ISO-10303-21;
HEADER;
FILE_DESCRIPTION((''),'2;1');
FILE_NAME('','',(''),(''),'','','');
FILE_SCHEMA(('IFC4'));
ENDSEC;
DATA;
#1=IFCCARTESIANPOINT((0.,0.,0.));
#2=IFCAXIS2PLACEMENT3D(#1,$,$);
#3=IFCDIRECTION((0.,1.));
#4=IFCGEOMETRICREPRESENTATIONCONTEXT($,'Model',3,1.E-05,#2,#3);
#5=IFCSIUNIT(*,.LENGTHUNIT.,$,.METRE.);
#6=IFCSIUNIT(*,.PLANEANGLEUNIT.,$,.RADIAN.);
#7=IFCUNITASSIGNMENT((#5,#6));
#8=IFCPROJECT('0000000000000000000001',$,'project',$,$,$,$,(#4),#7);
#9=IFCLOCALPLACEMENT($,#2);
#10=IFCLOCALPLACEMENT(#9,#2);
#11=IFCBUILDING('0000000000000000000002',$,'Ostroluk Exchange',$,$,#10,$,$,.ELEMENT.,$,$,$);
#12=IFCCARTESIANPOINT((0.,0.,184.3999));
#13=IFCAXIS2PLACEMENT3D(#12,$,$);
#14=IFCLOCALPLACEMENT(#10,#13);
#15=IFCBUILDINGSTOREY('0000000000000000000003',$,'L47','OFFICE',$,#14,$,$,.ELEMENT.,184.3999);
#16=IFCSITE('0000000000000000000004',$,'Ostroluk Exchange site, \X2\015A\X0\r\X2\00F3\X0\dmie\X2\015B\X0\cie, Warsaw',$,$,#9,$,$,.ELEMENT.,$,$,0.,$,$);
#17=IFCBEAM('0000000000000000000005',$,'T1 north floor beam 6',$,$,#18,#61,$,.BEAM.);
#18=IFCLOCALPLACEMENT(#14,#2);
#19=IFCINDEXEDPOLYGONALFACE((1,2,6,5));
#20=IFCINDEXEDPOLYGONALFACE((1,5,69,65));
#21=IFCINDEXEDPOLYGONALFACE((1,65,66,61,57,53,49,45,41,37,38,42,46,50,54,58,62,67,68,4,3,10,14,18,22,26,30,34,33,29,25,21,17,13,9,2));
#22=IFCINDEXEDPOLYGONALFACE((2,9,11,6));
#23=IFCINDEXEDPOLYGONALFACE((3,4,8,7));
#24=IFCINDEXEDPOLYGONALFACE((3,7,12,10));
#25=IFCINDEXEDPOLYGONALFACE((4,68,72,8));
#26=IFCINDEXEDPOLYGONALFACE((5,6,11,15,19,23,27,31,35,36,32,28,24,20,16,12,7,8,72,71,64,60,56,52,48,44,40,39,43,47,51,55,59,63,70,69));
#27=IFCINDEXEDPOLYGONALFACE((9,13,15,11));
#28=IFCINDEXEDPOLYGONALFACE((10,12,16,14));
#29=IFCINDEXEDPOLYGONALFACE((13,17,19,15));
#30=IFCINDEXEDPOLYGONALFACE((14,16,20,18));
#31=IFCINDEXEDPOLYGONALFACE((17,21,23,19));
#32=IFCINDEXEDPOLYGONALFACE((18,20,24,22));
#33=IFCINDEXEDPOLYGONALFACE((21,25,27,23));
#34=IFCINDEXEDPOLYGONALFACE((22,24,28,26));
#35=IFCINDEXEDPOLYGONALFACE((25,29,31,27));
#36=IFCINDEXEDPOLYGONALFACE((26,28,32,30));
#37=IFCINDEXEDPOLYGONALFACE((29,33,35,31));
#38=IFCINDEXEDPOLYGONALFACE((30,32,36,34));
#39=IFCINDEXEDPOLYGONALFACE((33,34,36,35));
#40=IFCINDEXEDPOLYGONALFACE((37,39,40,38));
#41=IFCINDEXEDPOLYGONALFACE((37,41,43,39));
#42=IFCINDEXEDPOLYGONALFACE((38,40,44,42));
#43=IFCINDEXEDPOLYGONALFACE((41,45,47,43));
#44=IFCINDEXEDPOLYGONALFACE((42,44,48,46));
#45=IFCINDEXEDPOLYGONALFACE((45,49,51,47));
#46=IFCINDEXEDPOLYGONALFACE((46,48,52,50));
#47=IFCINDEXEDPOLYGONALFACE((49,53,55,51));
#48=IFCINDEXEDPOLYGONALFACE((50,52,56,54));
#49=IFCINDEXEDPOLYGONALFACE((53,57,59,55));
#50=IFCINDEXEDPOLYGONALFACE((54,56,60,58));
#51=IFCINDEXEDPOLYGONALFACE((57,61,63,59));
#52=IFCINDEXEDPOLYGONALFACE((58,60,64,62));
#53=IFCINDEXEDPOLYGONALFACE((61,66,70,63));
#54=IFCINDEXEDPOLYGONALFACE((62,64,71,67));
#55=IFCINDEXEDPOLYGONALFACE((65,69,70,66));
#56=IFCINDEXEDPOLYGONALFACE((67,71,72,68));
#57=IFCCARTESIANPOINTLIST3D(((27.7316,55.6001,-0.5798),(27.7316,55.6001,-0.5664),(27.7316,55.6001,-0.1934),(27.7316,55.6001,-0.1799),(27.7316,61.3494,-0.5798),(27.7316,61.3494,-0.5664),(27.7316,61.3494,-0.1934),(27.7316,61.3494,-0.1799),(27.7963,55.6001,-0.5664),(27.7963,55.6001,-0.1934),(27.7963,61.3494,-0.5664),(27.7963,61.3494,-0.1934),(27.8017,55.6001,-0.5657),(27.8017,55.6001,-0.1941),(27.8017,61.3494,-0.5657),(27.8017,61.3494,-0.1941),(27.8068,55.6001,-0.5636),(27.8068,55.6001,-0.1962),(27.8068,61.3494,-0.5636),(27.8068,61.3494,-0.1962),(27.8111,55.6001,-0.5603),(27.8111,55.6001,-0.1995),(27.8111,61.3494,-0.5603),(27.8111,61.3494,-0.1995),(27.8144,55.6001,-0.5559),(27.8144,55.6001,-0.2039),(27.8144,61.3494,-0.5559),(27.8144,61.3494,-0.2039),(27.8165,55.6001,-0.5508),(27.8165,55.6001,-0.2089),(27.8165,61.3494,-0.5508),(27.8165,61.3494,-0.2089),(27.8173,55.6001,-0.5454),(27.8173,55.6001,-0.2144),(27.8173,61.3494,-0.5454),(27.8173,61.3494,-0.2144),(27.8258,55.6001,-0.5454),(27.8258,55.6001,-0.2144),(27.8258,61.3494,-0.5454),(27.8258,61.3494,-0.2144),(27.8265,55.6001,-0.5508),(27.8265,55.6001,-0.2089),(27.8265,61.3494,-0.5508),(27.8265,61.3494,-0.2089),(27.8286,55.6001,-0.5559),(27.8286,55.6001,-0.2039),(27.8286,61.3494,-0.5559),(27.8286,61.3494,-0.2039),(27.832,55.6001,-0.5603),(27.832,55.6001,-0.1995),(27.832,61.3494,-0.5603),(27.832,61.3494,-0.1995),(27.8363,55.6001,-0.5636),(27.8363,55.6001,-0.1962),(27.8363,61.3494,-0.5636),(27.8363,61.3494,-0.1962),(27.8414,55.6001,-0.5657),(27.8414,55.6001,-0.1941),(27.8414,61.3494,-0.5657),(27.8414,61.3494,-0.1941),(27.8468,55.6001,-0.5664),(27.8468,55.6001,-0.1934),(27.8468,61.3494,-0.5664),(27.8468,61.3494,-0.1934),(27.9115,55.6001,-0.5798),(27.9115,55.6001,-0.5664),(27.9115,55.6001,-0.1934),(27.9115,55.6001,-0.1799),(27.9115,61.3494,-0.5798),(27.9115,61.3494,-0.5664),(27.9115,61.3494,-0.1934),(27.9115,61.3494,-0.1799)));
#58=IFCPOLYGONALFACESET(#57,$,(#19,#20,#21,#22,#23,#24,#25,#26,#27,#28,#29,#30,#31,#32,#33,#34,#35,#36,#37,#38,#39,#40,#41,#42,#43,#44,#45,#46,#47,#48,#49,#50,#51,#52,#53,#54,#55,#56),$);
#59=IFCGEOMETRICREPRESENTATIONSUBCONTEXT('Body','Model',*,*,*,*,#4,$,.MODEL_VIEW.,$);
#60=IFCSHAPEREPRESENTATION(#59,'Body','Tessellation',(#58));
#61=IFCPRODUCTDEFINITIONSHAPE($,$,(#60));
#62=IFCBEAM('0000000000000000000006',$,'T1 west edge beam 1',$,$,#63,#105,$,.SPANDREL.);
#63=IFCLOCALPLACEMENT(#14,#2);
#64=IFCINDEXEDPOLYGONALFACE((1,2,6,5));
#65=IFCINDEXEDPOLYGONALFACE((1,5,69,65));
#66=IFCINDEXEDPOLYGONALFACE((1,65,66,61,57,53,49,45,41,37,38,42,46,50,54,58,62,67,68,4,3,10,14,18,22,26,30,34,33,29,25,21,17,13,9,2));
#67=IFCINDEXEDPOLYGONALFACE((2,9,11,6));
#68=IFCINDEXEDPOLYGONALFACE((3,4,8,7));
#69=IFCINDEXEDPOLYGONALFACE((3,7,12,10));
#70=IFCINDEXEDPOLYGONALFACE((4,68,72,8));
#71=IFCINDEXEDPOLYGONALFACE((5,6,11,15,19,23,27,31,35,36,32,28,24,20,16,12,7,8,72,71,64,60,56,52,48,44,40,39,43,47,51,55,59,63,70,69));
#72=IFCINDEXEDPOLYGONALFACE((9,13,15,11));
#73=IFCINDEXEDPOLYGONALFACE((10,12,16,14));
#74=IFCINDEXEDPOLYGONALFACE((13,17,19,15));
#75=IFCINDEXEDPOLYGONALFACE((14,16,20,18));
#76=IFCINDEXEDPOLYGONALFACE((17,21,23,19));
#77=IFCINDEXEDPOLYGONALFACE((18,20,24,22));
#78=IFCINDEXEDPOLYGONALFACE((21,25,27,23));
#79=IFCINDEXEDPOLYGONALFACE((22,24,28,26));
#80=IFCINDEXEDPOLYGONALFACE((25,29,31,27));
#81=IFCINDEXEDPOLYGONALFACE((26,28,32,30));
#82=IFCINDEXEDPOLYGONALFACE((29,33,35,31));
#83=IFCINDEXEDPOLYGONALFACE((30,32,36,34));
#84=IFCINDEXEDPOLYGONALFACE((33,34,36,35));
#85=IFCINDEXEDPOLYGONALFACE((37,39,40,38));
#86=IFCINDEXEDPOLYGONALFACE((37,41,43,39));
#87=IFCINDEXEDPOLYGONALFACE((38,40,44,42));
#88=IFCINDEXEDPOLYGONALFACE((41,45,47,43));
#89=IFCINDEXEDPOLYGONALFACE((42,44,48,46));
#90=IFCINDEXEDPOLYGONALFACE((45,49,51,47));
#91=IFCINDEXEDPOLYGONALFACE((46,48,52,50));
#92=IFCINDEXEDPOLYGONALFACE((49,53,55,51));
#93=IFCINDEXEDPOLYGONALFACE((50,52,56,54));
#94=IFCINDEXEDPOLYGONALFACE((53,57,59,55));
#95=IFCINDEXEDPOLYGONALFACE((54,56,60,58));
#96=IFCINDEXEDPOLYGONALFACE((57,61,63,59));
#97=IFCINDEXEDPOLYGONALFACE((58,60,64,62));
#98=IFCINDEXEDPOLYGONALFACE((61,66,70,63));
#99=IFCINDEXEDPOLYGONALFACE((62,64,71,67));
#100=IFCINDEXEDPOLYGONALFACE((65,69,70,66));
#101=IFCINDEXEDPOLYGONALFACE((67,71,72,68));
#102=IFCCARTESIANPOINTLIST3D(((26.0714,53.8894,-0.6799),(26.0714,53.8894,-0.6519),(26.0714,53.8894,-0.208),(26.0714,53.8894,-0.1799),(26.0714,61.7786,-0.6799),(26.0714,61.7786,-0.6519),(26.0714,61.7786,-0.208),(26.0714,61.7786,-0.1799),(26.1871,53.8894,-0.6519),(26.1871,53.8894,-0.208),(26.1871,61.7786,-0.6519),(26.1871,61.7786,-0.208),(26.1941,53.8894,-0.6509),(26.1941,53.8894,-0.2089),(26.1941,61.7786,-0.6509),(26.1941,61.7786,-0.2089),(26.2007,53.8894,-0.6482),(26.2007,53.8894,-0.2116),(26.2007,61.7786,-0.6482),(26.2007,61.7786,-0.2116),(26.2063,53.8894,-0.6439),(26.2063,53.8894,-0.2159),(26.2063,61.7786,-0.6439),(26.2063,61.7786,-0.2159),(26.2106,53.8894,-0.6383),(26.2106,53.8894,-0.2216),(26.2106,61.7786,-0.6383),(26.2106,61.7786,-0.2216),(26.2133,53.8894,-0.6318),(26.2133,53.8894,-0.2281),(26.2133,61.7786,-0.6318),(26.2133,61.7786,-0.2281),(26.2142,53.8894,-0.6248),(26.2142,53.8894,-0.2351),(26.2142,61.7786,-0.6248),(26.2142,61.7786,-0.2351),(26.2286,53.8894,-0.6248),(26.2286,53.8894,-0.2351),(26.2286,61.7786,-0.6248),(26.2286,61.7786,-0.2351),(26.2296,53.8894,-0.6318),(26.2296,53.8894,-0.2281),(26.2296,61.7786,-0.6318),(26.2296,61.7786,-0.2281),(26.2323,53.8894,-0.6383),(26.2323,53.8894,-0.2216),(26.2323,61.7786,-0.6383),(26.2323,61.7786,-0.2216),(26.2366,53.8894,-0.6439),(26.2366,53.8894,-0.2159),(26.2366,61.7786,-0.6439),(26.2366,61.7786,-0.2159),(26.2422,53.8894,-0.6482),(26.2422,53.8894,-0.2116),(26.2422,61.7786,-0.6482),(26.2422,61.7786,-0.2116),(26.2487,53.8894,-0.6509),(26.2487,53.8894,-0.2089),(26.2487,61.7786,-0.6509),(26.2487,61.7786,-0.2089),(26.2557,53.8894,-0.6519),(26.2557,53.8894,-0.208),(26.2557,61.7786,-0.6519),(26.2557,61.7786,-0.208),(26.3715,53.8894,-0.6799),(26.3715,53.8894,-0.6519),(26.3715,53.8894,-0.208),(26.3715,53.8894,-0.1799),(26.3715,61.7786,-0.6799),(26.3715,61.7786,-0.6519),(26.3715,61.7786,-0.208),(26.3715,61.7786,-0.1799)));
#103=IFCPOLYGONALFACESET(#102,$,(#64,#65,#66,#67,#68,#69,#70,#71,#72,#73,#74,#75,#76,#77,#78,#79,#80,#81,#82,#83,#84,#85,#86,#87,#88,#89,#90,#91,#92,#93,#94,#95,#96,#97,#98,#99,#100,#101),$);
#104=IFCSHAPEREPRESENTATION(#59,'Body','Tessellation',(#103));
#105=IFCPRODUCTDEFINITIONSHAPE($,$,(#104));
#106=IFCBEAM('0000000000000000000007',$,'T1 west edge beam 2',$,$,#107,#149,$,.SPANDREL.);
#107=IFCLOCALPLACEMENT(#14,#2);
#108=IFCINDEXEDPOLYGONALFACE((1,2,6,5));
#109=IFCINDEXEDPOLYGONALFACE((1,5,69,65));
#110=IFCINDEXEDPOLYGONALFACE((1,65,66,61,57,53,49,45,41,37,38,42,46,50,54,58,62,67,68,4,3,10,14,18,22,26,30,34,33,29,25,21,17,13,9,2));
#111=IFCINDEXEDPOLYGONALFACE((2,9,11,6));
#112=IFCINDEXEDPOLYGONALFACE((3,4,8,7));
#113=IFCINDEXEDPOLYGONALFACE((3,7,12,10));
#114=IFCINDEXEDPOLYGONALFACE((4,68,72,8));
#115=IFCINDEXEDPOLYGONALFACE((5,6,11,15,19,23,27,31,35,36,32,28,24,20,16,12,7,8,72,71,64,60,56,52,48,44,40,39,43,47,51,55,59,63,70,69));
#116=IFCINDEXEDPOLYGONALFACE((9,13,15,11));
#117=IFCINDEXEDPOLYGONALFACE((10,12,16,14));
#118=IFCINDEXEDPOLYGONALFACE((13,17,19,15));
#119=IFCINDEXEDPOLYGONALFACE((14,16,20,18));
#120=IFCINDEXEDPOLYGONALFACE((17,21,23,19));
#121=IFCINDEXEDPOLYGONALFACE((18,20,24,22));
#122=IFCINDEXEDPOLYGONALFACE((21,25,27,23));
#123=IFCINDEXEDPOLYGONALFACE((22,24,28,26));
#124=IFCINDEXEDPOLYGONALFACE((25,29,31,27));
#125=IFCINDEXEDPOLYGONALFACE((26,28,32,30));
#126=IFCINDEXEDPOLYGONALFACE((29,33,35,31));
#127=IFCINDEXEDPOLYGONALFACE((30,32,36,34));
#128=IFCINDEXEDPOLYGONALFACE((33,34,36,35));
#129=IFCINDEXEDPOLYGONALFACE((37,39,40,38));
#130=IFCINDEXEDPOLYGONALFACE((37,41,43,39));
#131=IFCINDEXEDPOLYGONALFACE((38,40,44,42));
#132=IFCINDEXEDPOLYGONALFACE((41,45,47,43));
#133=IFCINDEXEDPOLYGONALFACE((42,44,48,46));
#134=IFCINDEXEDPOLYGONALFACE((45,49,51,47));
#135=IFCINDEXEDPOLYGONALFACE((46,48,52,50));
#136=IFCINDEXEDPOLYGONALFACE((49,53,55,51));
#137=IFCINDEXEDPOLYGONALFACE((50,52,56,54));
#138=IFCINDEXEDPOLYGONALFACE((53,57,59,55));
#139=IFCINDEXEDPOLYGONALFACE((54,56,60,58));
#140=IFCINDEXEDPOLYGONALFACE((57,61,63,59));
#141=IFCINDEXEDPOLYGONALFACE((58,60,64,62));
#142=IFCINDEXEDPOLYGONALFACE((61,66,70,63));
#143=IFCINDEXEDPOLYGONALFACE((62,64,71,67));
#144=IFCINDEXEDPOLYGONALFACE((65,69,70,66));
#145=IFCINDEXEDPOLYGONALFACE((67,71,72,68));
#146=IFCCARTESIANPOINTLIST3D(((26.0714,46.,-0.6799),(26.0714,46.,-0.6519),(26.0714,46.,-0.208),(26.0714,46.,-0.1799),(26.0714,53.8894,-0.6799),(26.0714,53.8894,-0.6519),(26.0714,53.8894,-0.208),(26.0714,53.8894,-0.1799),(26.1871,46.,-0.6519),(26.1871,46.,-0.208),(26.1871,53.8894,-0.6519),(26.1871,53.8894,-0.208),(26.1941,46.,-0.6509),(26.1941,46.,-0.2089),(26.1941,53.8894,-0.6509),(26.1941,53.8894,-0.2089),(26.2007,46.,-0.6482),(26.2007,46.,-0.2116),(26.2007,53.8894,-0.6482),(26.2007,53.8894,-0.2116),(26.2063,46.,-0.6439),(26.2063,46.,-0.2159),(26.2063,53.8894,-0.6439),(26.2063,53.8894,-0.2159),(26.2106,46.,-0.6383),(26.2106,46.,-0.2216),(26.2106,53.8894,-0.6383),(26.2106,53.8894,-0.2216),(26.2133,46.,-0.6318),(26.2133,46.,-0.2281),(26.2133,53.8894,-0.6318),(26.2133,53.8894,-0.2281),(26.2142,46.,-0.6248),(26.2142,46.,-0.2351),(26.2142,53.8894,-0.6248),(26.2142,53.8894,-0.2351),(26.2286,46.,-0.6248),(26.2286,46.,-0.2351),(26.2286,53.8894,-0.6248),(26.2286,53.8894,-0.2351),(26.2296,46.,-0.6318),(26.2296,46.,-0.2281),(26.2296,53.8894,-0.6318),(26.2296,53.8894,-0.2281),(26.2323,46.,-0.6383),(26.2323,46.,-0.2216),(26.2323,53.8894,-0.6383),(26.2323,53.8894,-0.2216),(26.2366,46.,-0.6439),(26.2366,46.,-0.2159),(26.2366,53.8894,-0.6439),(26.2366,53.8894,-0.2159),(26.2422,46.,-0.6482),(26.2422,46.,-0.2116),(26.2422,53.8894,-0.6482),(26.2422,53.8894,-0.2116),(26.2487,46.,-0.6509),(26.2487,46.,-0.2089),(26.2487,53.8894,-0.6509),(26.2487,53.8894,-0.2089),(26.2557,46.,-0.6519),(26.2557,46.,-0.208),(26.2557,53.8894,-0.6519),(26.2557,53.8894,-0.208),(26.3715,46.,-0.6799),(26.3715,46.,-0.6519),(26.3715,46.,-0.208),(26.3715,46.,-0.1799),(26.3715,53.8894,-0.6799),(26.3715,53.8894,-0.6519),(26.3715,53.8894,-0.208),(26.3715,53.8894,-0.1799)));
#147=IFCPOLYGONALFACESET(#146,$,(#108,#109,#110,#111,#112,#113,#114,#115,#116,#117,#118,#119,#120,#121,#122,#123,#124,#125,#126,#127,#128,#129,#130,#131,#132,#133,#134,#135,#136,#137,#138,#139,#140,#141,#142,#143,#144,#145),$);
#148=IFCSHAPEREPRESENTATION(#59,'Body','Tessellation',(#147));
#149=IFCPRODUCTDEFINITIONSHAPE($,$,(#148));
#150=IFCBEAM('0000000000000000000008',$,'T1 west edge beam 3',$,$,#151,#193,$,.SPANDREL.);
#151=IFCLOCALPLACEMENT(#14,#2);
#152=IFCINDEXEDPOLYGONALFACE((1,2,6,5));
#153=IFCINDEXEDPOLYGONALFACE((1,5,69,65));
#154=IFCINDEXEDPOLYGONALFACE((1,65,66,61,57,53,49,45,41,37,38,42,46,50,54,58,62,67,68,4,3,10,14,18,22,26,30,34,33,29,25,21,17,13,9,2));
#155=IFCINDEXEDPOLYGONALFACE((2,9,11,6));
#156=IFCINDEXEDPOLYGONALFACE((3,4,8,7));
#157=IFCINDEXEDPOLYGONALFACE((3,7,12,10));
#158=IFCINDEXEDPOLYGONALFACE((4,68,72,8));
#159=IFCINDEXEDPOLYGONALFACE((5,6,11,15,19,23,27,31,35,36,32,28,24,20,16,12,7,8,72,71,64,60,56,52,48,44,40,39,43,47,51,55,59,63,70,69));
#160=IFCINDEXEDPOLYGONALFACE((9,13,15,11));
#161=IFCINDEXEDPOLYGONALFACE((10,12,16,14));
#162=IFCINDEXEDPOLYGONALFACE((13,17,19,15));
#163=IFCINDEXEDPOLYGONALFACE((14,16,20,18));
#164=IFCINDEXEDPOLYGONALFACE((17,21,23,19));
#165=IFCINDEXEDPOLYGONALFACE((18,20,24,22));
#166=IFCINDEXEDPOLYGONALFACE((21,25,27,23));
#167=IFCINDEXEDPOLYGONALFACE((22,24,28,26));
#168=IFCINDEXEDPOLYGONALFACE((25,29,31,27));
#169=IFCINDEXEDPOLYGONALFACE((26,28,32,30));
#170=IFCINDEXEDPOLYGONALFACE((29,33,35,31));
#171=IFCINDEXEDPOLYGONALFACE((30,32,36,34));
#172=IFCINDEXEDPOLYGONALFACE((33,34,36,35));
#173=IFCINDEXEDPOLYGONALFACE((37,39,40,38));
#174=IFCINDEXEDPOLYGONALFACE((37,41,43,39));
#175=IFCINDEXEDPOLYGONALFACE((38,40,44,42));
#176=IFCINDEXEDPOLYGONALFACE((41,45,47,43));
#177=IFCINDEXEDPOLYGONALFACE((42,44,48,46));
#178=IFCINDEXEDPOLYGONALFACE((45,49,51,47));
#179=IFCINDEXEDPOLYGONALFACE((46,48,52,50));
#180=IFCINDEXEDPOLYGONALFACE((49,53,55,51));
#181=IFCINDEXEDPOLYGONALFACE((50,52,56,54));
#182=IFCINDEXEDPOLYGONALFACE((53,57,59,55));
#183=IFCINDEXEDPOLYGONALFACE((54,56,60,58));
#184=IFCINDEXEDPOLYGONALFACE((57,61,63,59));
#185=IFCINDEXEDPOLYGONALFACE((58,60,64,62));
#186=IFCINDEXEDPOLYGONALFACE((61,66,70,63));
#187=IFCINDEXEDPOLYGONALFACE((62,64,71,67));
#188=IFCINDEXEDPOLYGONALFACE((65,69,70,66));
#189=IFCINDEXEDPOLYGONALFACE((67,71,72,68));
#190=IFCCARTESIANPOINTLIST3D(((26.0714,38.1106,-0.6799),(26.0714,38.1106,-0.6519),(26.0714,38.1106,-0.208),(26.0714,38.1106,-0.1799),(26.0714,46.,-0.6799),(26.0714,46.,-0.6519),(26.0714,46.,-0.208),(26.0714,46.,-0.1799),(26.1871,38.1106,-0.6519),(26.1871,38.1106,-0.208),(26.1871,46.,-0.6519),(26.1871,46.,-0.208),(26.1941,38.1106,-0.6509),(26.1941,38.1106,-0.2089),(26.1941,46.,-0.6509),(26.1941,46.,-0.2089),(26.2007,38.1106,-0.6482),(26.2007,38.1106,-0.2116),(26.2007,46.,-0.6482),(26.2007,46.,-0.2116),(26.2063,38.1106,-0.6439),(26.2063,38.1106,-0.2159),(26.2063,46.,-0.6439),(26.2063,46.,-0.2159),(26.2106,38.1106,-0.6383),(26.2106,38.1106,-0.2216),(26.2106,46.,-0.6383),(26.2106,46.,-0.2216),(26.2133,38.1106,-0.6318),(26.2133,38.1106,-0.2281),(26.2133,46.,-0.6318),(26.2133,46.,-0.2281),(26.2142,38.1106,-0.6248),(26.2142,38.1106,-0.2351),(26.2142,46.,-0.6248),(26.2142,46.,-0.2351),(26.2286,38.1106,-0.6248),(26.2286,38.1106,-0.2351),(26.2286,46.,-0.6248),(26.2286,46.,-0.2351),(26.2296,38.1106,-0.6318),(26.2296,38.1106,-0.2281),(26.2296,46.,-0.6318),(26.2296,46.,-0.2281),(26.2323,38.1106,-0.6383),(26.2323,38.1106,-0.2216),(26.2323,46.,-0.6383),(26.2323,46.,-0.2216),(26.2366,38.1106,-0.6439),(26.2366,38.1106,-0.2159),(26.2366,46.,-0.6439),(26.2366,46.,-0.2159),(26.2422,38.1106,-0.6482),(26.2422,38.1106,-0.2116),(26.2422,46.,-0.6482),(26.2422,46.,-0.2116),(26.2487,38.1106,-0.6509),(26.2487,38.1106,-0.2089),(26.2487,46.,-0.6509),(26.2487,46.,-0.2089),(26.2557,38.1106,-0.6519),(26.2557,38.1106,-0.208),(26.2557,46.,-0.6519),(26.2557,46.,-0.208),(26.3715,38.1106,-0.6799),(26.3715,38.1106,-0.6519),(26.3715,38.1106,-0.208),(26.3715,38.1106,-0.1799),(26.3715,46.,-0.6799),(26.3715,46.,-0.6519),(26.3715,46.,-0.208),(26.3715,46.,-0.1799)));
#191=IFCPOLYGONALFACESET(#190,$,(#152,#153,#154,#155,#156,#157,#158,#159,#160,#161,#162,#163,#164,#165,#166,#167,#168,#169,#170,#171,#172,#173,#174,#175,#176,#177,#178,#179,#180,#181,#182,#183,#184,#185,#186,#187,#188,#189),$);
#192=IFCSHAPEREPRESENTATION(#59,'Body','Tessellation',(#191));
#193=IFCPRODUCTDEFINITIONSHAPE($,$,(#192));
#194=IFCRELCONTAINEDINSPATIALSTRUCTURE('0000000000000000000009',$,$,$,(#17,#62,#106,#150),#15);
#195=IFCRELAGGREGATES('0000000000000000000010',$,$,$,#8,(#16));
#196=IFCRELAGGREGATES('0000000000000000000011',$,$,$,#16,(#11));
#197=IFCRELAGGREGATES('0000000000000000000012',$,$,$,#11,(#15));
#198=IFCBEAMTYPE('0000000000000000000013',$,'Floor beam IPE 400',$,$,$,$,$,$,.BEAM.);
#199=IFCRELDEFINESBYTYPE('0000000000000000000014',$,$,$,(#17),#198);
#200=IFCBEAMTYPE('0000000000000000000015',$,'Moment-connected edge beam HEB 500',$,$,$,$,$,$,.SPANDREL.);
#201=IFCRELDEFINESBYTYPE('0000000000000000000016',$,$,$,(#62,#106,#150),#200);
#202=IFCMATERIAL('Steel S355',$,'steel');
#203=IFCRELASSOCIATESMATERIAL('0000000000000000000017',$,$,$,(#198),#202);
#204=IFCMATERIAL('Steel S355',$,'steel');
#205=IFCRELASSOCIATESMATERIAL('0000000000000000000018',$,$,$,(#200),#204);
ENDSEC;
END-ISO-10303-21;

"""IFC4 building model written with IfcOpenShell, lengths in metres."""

from ifc_helpers import new_model, si_unit, direction, frame, origin, origin_2d, place, context, subcontext, project, spatial, i_section, extrude, material, material_profile, profile_set, type_object, element, save


model = new_model("IFC4")

# Units and contexts
model_context = context("Model", 3, precision=1e-05, world=origin(), true_north=direction((0.0, 1.0)))
body_context = subcontext(model_context, "Body", "Model", "MODEL_VIEW")
ifc_project = project(units=[si_unit("LENGTHUNIT", "METRE"), si_unit("PLANEANGLEUNIT", "RADIAN")], contexts=[model_context])

# Site, building, storey
site_placement = place(None, origin())
site = spatial("IfcSite", under=ifc_project, at=site_placement, Name="Ostroluk Exchange site, Śródmieście, Warsaw", CompositionType="ELEMENT", RefElevation=0.0)
building_placement = place(site_placement, origin())
building = spatial("IfcBuilding", under=site, at=building_placement, Name="Ostroluk Exchange", CompositionType="ELEMENT")
storey_placement = place(building_placement, frame((0.0, 0.0, 184.3999)))
storey = spatial("IfcBuildingStorey", under=building, at=storey_placement, Name="L47", Description="OFFICE", CompositionType="ELEMENT", Elevation=184.3999)

# Beams
ifc_material_1 = material(Name="Steel S355", Category="steel")
ifc_material_profile_1 = material_profile(ifc_material_1, i_section(OverallWidth=0.1799, OverallDepth=0.3999, WebThickness=0.0085, FlangeThickness=0.0134, FilletRadius=0.021, at=origin_2d()), Name="IPE 400")
ifc_profile_set_1 = profile_set([ifc_material_profile_1], Name="Steel S355")
beam_type_1 = type_object("IfcBeamType", Name="Floor beam IPE 400", PredefinedType="BEAM", material=ifc_profile_set_1)
beam_1_placement = place(storey_placement, frame((27.8215, 55.6001, -0.3799), z_axis=(0.0, 1.0, 0.0), x_axis=(-1.0, 0.0, 0.0)))
element("IfcBeam", 1, at=beam_1_placement, inside=storey, type_object=beam_type_1, Name="T1 north floor beam 6", PredefinedType="BEAM", context=body_context, shape_type="SweptSolid", body=[
    extrude(i_section(OverallWidth=0.1799, OverallDepth=0.3999, WebThickness=0.0085, FlangeThickness=0.0134, FilletRadius=0.021, at=origin_2d()), origin(), (0.0, 0.0, 1.0), 5.7493),
])
ifc_material_2 = material(Name="Steel S355", Category="steel")
ifc_material_profile_2 = material_profile(ifc_material_2, i_section(OverallWidth=0.3, OverallDepth=0.5, WebThickness=0.0144, FlangeThickness=0.0281, FilletRadius=0.0271, at=origin_2d()), Name="HEB 500")
ifc_profile_set_2 = profile_set([ifc_material_profile_2], Name="Steel S355")
beam_type_2 = type_object("IfcBeamType", Name="Moment-connected edge beam HEB 500", PredefinedType="SPANDREL", material=ifc_profile_set_2)
beam_2_placement = place(storey_placement, frame((26.2214, 61.7786, -0.4299), z_axis=(0.0, -1.0, 0.0), x_axis=(1.0, 0.0, 0.0)))
element("IfcBeam", 2, at=beam_2_placement, inside=storey, type_object=beam_type_2, Name="T1 west edge beam 1", PredefinedType="SPANDREL", context=body_context, shape_type="SweptSolid", body=[
    extrude(i_section(OverallWidth=0.3, OverallDepth=0.5, WebThickness=0.0144, FlangeThickness=0.0281, FilletRadius=0.0271, at=origin_2d()), origin(), (0.0, 0.0, 1.0), 7.8892),
])
for number, where, z_axis, x_axis, name in (
    (3, (26.2214, 53.8894, -0.4299), (0.0, -1.0, 0.0), (1.0, 0.0, 0.0), "T1 west edge beam 2"),
    (4, (26.2214, 46.0, -0.4299), (0.0, -1.0, 0.0), (1.0, 0.0, 0.0), "T1 west edge beam 3"),
):
    element("IfcBeam", number, at=place(storey_placement, frame(where, z_axis=z_axis, x_axis=x_axis)), inside=storey, type_object=beam_type_2, Name=name, PredefinedType="SPANDREL", context=body_context, shape_type="SweptSolid", body=[
        extrude(i_section(OverallWidth=0.3, OverallDepth=0.5, WebThickness=0.0144, FlangeThickness=0.0281, FilletRadius=0.0271, at=origin_2d()), origin(), (0.0, 0.0, 1.0), 7.8894),
    ])

save(model, "model.ifc")
